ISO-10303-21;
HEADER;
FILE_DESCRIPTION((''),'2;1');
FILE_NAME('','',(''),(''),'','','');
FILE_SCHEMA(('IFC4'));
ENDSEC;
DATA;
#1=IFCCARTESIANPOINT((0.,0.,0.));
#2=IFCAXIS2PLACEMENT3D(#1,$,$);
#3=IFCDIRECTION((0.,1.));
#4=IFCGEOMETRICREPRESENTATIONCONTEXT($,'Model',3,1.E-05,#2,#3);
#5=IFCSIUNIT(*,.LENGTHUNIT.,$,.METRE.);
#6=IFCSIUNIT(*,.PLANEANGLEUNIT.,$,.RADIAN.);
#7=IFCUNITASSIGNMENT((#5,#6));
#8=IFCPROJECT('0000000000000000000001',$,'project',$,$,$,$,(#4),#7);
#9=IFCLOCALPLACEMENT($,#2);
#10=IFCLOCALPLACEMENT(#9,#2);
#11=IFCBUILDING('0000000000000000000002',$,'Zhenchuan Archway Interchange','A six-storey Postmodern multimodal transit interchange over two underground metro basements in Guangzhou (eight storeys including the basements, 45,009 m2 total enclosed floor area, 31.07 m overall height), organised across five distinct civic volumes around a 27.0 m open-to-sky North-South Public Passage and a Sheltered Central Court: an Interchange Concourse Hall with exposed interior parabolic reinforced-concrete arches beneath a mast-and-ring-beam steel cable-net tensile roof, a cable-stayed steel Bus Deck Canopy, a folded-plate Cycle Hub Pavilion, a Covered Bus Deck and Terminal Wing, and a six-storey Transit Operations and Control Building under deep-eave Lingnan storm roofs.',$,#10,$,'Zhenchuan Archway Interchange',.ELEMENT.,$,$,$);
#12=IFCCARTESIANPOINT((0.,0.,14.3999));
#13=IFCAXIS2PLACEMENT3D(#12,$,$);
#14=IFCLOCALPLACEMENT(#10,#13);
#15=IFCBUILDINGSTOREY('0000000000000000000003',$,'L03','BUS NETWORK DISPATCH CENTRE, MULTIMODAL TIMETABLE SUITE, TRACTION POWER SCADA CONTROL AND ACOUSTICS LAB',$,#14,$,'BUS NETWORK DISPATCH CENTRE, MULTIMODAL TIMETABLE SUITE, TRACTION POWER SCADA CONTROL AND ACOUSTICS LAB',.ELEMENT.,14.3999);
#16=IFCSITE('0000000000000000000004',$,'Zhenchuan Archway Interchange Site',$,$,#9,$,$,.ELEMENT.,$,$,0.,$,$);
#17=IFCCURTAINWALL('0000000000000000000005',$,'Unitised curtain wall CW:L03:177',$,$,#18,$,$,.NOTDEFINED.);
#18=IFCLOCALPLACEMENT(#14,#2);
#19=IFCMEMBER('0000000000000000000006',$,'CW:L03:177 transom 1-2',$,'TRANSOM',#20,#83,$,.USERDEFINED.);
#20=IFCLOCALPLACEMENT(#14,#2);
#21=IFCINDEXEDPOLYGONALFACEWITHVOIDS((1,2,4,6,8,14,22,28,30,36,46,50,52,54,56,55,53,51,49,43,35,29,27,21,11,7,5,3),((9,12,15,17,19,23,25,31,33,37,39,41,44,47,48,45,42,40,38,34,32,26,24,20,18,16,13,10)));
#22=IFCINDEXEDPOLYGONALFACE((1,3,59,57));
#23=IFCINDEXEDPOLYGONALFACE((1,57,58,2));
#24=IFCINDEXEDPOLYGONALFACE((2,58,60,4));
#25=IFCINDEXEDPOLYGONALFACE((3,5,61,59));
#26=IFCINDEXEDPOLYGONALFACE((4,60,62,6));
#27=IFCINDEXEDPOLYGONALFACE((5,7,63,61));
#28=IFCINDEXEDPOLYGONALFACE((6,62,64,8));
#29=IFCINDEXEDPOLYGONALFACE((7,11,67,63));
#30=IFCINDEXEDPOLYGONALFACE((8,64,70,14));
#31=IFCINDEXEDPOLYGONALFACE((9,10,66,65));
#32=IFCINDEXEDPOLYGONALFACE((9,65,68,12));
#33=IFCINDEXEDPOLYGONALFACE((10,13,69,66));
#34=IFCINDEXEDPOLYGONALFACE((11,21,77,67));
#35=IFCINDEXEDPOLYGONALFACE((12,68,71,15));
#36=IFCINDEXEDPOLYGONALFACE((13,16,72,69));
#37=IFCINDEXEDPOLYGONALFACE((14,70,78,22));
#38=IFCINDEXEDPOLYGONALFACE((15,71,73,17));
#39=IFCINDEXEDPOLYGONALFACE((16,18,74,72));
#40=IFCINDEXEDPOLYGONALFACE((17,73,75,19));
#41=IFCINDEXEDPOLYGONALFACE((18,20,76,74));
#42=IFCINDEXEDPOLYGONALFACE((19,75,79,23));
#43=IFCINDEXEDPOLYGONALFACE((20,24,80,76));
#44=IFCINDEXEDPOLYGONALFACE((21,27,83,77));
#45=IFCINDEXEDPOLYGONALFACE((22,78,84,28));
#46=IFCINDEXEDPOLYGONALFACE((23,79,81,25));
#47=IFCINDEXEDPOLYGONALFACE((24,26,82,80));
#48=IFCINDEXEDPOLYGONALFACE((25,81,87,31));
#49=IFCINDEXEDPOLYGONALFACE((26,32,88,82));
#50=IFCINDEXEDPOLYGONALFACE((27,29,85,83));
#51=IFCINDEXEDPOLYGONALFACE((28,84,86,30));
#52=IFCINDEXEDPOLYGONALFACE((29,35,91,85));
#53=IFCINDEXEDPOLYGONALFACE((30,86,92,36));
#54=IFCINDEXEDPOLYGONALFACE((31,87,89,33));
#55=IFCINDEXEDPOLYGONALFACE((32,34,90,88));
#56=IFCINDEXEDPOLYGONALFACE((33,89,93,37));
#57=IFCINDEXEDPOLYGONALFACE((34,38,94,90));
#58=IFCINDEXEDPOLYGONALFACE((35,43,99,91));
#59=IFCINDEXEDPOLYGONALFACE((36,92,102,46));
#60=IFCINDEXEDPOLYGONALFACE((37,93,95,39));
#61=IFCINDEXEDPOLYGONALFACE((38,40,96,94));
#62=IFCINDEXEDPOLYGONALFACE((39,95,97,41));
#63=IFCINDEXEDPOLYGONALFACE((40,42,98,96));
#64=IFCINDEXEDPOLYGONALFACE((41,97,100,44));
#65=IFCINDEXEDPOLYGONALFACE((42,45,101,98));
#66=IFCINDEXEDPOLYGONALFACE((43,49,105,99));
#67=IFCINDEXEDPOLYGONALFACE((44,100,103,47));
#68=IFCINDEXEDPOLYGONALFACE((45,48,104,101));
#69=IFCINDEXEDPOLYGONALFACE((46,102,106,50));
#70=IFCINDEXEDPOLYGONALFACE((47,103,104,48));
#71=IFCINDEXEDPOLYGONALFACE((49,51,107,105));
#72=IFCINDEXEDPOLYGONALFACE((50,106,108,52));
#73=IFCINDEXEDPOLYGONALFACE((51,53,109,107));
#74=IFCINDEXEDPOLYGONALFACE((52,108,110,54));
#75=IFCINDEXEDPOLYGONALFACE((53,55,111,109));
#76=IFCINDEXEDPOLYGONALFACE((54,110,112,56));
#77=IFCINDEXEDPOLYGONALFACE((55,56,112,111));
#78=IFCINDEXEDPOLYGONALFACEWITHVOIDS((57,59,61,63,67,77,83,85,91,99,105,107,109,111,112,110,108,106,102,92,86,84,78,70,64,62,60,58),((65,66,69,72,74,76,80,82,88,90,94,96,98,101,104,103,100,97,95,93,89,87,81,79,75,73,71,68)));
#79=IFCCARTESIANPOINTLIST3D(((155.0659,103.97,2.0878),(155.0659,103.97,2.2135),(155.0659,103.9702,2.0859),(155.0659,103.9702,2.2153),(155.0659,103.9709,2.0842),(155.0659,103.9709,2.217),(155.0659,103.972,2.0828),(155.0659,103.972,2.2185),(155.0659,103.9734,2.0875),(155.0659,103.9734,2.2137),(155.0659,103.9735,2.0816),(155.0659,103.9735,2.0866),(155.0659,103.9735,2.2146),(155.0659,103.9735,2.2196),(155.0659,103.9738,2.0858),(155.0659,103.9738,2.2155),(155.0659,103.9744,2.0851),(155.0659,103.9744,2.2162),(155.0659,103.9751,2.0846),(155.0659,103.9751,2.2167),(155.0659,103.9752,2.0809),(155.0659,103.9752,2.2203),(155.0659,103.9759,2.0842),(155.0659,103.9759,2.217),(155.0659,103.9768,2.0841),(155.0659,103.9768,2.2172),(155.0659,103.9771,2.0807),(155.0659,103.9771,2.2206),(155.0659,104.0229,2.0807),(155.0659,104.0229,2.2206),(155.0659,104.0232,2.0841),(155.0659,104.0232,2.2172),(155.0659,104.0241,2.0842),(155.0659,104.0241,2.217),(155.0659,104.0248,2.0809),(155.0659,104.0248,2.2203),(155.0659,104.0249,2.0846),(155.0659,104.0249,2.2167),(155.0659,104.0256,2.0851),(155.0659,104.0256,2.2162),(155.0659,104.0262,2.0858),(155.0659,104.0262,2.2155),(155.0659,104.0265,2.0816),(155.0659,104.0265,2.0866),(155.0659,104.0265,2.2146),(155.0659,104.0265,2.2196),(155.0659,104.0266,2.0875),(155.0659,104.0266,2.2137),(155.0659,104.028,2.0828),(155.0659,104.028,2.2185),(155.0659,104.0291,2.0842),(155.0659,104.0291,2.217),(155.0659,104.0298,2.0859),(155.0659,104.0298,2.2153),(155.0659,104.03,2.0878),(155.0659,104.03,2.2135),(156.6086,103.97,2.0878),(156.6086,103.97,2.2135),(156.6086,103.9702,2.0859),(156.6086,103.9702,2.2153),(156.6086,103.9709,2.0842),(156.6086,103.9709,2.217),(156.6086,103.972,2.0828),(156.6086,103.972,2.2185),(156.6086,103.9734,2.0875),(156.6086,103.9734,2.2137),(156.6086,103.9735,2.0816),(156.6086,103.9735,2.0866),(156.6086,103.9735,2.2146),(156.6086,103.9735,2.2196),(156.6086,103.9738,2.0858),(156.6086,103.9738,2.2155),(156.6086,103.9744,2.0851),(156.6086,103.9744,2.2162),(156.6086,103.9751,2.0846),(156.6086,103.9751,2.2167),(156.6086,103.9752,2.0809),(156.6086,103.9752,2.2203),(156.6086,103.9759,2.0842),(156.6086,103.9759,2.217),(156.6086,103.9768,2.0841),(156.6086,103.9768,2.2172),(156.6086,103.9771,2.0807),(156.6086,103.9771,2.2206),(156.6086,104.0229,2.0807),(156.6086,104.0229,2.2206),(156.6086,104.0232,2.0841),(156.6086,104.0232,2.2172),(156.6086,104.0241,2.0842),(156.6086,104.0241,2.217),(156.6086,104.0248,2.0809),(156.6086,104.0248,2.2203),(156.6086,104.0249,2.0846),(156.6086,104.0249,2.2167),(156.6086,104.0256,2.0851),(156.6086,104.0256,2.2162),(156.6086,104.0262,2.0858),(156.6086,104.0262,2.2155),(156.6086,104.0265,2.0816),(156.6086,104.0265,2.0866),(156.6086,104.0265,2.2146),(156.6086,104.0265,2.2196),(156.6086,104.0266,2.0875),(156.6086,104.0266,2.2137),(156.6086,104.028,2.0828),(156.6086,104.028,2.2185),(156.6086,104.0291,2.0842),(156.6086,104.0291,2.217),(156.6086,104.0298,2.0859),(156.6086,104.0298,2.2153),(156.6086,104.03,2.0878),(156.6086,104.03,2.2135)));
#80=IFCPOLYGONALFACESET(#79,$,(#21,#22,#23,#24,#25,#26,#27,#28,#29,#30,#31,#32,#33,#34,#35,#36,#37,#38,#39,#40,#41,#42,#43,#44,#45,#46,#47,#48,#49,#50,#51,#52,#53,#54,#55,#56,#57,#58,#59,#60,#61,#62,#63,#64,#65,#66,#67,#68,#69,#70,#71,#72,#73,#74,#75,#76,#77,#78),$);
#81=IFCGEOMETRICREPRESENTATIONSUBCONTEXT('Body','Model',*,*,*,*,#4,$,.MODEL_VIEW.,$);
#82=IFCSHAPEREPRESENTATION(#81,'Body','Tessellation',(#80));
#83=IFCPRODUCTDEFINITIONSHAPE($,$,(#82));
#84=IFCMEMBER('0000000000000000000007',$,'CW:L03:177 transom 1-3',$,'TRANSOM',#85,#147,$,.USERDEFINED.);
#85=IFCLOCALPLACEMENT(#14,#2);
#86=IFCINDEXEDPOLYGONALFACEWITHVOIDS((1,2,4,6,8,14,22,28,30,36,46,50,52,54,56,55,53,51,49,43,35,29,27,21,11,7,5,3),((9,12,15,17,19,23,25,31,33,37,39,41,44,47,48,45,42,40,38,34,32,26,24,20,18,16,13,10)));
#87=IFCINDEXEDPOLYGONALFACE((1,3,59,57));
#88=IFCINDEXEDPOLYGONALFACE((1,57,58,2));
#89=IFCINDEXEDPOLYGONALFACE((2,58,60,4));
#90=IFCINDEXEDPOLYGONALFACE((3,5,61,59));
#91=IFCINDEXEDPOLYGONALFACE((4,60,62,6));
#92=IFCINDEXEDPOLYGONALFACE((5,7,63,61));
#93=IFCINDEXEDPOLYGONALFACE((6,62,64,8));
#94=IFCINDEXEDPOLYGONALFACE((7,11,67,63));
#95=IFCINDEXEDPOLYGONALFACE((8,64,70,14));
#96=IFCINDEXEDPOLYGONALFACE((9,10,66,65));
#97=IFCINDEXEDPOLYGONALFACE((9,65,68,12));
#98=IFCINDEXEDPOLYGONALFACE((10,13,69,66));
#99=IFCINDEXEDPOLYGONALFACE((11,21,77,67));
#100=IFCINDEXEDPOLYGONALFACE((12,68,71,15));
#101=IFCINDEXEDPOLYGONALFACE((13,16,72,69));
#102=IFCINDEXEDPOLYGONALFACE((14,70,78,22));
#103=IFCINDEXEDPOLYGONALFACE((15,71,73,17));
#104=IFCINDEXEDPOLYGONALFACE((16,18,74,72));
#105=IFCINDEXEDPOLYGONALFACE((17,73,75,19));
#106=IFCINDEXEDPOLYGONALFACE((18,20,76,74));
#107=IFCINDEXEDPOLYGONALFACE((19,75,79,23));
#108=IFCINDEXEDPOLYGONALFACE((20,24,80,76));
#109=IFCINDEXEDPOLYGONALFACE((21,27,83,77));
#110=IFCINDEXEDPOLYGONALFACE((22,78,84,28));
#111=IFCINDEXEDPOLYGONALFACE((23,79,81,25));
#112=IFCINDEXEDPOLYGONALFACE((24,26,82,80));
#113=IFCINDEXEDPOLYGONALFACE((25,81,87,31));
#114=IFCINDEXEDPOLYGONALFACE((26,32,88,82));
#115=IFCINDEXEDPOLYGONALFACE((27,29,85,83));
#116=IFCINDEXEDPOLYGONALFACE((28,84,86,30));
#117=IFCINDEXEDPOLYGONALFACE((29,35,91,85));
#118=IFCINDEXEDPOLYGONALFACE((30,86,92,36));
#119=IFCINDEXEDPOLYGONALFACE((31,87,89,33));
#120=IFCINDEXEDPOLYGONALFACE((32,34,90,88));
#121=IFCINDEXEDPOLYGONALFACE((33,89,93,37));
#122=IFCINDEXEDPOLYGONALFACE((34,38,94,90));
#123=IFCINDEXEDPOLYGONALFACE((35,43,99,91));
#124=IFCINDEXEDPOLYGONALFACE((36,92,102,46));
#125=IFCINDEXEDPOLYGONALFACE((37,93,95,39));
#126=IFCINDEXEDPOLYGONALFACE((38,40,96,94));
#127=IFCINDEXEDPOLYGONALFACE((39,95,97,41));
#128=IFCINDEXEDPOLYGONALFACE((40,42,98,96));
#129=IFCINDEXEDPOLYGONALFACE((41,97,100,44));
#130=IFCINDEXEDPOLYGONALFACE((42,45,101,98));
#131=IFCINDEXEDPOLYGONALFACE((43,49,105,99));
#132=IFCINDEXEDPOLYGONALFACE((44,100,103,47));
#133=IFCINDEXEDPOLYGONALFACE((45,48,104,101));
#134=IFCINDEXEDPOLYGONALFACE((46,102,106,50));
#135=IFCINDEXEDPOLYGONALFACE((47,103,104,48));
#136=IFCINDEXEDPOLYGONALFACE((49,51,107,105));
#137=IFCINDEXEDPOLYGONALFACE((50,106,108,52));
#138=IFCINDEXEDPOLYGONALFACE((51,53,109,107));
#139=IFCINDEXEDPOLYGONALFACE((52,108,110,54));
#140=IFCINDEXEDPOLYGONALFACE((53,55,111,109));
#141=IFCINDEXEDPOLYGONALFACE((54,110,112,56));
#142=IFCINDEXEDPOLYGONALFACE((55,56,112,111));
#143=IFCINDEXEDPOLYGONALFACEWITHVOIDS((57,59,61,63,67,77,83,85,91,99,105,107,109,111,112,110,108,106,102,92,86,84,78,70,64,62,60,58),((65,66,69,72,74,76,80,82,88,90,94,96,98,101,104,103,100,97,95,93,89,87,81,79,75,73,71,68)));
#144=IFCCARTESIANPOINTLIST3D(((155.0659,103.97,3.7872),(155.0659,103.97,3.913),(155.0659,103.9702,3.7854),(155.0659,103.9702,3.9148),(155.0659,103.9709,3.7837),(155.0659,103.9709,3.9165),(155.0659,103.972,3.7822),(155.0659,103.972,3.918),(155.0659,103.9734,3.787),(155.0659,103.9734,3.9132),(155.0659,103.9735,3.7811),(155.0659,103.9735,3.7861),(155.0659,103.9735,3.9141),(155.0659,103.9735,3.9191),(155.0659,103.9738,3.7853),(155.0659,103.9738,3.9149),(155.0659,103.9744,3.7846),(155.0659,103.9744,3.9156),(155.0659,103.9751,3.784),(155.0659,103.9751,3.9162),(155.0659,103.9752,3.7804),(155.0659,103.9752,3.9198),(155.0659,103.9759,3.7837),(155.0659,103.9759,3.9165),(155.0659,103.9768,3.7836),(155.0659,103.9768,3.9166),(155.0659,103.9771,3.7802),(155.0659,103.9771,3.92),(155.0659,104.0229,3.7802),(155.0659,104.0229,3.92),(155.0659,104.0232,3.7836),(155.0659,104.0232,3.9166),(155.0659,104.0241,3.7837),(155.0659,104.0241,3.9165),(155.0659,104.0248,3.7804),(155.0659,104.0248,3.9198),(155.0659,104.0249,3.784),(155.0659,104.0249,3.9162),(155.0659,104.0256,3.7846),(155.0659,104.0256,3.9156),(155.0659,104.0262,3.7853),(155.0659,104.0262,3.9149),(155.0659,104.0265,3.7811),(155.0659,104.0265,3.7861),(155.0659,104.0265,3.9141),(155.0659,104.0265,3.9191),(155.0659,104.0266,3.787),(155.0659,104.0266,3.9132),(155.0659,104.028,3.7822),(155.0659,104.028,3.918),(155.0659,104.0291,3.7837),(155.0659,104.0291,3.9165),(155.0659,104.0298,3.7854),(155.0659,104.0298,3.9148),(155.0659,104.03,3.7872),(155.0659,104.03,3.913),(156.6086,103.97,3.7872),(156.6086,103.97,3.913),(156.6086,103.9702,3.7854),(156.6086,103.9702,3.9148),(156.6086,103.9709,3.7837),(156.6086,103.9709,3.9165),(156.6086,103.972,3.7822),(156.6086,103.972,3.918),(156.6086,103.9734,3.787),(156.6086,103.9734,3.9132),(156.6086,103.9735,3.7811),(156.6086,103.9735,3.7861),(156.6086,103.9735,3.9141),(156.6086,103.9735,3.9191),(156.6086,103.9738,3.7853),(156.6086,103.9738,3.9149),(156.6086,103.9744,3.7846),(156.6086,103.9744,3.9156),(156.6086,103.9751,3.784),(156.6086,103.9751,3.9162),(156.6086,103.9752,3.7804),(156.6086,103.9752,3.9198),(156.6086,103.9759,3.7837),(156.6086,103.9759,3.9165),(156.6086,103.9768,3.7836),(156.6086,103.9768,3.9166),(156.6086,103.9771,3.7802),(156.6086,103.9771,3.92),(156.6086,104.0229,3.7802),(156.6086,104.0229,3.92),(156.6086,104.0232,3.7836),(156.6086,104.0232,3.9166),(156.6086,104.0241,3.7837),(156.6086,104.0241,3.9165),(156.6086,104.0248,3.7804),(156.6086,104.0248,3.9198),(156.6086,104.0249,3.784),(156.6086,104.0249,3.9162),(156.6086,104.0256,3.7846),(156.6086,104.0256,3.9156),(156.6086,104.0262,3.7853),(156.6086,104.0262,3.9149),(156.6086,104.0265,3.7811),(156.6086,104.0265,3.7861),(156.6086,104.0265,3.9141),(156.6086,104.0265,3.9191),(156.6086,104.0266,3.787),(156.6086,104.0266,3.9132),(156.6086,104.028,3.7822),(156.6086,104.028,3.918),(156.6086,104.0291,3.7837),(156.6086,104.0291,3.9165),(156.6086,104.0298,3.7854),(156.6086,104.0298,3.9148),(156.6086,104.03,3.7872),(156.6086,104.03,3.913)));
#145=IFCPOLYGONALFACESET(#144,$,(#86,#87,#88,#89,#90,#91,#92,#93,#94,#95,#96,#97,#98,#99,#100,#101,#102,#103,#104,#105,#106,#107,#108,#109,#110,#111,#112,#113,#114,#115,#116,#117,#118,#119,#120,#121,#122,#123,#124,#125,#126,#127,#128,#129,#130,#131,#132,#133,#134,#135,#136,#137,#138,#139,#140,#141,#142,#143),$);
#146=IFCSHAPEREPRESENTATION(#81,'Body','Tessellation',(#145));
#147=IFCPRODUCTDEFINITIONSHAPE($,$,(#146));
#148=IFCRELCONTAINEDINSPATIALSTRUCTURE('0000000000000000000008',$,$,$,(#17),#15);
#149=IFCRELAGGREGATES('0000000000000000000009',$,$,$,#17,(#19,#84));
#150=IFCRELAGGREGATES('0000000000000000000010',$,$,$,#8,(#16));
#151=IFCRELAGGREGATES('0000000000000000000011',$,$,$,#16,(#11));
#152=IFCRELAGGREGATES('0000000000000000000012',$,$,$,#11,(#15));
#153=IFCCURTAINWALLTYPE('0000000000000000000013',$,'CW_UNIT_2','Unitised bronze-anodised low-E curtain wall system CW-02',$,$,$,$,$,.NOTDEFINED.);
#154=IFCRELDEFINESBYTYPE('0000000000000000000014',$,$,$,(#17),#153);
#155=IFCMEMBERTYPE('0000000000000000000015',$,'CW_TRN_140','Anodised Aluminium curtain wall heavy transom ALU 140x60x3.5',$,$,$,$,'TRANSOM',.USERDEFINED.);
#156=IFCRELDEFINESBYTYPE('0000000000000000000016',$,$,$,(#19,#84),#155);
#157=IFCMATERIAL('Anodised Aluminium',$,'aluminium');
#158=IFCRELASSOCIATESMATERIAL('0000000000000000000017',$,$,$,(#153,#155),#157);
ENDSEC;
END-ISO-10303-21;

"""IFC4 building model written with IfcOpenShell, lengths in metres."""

from ifc_helpers import new_model, si_unit, direction, frame, origin, origin_2d, place, context, subcontext, project, spatial, hollow_rectangle, extrude, material, material_profile, profile_set, type_object, element, aggregate, save


model = new_model("IFC4")

# Units and contexts
model_context = context("Model", 3, precision=1e-05, world=origin(), true_north=direction((0.0, 1.0)))
body_context = subcontext(model_context, "Body", "Model", "MODEL_VIEW")
ifc_project = project(units=[si_unit("LENGTHUNIT", "METRE"), si_unit("PLANEANGLEUNIT", "RADIAN")], contexts=[model_context])

# Site, building, storey
site_placement = place(None, origin())
site = spatial("IfcSite", under=ifc_project, at=site_placement, Name="Zhenchuan Archway Interchange Site", CompositionType="ELEMENT", RefElevation=0.0)
building_placement = place(site_placement, origin())
building = spatial("IfcBuilding", under=site, at=building_placement, Name="Zhenchuan Archway Interchange", Description="A six-storey Postmodern multimodal transit interchange over two underground metro basements in Guangzhou (eight storeys including the basements, 45,009 m2 total enclosed floor area, 31.07 m overall height), organised across five distinct civic volumes around a 27.0 m open-to-sky North-South Public Passage and a Sheltered Central Court: an Interchange Concourse Hall with exposed interior parabolic reinforced-concrete arches beneath a mast-and-ring-beam steel cable-net tensile roof, a cable-stayed steel Bus Deck Canopy, a folded-plate Cycle Hub Pavilion, a Covered Bus Deck and Terminal Wing, and a six-storey Transit Operations and Control Building under deep-eave Lingnan storm roofs.", LongName="Zhenchuan Archway Interchange", CompositionType="ELEMENT")
storey_placement = place(building_placement, frame((0.0, 0.0, 14.3999)))
storey = spatial("IfcBuildingStorey", under=building, at=storey_placement, Name="L03", Description="BUS NETWORK DISPATCH CENTRE, MULTIMODAL TIMETABLE SUITE, TRACTION POWER SCADA CONTROL AND ACOUSTICS LAB", LongName="BUS NETWORK DISPATCH CENTRE, MULTIMODAL TIMETABLE SUITE, TRACTION POWER SCADA CONTROL AND ACOUSTICS LAB", CompositionType="ELEMENT", Elevation=14.3999)

# Curtain wall, members
ifc_material_1 = material(Name="Anodised Aluminium", Category="aluminium")
curtain_wall_type = type_object("IfcCurtainWallType", Name="CW_UNIT_2", Description="Unitised bronze-anodised low-E curtain wall system CW-02", PredefinedType="NOTDEFINED", material=ifc_material_1)
curtain_wall_placement = place(storey_placement, origin())
curtain_wall = element("IfcCurtainWall", 1, at=curtain_wall_placement, inside=storey, type_object=curtain_wall_type, Name="Unitised curtain wall CW:L03:177", PredefinedType="NOTDEFINED")
ifc_material_profile_1 = material_profile(ifc_material_1, hollow_rectangle(XDim=0.0601, YDim=0.1399, WallThickness=0.0034, InnerFilletRadius=0.0034, OuterFilletRadius=0.0071, at=origin_2d()), Name="ALU 140x60x3.5")
ifc_profile_set_1 = profile_set([ifc_material_profile_1], Name="Anodised Aluminium")
member_type_1 = type_object("IfcMemberType", Name="CW_TRN_140", Description="Anodised Aluminium curtain wall heavy transom ALU 140x60x3.5", ElementType="TRANSOM", PredefinedType="USERDEFINED", material=ifc_profile_set_1)
member_1_placement = place(storey_placement, frame((155.0659, 104.0, 2.1506), z_axis=(1.0, 0.0, 0.0), x_axis=(0.0, 1.0, 0.0)))
member_1 = element("IfcMember", 2, at=member_1_placement, type_object=member_type_1, Name="CW:L03:177 transom 1-2", ObjectType="TRANSOM", PredefinedType="USERDEFINED", context=body_context, shape_type="SweptSolid", body=[
    extrude(hollow_rectangle(XDim=0.0601, YDim=0.1399, WallThickness=0.0034, InnerFilletRadius=0.0034, OuterFilletRadius=0.0071, at=origin_2d()), origin(), (0.0, 0.0, 1.0), 1.5427),
])
member_2_placement = place(storey_placement, frame((155.0659, 104.0, 3.8501), z_axis=(1.0, 0.0, 0.0), x_axis=(0.0, 1.0, 0.0)))
member_2 = element("IfcMember", 3, at=member_2_placement, type_object=member_type_1, Name="CW:L03:177 transom 1-3", ObjectType="TRANSOM", PredefinedType="USERDEFINED", context=body_context, shape_type="SweptSolid", body=[
    extrude(hollow_rectangle(XDim=0.0601, YDim=0.1399, WallThickness=0.0034, InnerFilletRadius=0.0034, OuterFilletRadius=0.0071, at=origin_2d()), origin(), (0.0, 0.0, 1.0), 1.5427),
])

aggregate(curtain_wall, [member_1, member_2])

save(model, "model.ifc")
